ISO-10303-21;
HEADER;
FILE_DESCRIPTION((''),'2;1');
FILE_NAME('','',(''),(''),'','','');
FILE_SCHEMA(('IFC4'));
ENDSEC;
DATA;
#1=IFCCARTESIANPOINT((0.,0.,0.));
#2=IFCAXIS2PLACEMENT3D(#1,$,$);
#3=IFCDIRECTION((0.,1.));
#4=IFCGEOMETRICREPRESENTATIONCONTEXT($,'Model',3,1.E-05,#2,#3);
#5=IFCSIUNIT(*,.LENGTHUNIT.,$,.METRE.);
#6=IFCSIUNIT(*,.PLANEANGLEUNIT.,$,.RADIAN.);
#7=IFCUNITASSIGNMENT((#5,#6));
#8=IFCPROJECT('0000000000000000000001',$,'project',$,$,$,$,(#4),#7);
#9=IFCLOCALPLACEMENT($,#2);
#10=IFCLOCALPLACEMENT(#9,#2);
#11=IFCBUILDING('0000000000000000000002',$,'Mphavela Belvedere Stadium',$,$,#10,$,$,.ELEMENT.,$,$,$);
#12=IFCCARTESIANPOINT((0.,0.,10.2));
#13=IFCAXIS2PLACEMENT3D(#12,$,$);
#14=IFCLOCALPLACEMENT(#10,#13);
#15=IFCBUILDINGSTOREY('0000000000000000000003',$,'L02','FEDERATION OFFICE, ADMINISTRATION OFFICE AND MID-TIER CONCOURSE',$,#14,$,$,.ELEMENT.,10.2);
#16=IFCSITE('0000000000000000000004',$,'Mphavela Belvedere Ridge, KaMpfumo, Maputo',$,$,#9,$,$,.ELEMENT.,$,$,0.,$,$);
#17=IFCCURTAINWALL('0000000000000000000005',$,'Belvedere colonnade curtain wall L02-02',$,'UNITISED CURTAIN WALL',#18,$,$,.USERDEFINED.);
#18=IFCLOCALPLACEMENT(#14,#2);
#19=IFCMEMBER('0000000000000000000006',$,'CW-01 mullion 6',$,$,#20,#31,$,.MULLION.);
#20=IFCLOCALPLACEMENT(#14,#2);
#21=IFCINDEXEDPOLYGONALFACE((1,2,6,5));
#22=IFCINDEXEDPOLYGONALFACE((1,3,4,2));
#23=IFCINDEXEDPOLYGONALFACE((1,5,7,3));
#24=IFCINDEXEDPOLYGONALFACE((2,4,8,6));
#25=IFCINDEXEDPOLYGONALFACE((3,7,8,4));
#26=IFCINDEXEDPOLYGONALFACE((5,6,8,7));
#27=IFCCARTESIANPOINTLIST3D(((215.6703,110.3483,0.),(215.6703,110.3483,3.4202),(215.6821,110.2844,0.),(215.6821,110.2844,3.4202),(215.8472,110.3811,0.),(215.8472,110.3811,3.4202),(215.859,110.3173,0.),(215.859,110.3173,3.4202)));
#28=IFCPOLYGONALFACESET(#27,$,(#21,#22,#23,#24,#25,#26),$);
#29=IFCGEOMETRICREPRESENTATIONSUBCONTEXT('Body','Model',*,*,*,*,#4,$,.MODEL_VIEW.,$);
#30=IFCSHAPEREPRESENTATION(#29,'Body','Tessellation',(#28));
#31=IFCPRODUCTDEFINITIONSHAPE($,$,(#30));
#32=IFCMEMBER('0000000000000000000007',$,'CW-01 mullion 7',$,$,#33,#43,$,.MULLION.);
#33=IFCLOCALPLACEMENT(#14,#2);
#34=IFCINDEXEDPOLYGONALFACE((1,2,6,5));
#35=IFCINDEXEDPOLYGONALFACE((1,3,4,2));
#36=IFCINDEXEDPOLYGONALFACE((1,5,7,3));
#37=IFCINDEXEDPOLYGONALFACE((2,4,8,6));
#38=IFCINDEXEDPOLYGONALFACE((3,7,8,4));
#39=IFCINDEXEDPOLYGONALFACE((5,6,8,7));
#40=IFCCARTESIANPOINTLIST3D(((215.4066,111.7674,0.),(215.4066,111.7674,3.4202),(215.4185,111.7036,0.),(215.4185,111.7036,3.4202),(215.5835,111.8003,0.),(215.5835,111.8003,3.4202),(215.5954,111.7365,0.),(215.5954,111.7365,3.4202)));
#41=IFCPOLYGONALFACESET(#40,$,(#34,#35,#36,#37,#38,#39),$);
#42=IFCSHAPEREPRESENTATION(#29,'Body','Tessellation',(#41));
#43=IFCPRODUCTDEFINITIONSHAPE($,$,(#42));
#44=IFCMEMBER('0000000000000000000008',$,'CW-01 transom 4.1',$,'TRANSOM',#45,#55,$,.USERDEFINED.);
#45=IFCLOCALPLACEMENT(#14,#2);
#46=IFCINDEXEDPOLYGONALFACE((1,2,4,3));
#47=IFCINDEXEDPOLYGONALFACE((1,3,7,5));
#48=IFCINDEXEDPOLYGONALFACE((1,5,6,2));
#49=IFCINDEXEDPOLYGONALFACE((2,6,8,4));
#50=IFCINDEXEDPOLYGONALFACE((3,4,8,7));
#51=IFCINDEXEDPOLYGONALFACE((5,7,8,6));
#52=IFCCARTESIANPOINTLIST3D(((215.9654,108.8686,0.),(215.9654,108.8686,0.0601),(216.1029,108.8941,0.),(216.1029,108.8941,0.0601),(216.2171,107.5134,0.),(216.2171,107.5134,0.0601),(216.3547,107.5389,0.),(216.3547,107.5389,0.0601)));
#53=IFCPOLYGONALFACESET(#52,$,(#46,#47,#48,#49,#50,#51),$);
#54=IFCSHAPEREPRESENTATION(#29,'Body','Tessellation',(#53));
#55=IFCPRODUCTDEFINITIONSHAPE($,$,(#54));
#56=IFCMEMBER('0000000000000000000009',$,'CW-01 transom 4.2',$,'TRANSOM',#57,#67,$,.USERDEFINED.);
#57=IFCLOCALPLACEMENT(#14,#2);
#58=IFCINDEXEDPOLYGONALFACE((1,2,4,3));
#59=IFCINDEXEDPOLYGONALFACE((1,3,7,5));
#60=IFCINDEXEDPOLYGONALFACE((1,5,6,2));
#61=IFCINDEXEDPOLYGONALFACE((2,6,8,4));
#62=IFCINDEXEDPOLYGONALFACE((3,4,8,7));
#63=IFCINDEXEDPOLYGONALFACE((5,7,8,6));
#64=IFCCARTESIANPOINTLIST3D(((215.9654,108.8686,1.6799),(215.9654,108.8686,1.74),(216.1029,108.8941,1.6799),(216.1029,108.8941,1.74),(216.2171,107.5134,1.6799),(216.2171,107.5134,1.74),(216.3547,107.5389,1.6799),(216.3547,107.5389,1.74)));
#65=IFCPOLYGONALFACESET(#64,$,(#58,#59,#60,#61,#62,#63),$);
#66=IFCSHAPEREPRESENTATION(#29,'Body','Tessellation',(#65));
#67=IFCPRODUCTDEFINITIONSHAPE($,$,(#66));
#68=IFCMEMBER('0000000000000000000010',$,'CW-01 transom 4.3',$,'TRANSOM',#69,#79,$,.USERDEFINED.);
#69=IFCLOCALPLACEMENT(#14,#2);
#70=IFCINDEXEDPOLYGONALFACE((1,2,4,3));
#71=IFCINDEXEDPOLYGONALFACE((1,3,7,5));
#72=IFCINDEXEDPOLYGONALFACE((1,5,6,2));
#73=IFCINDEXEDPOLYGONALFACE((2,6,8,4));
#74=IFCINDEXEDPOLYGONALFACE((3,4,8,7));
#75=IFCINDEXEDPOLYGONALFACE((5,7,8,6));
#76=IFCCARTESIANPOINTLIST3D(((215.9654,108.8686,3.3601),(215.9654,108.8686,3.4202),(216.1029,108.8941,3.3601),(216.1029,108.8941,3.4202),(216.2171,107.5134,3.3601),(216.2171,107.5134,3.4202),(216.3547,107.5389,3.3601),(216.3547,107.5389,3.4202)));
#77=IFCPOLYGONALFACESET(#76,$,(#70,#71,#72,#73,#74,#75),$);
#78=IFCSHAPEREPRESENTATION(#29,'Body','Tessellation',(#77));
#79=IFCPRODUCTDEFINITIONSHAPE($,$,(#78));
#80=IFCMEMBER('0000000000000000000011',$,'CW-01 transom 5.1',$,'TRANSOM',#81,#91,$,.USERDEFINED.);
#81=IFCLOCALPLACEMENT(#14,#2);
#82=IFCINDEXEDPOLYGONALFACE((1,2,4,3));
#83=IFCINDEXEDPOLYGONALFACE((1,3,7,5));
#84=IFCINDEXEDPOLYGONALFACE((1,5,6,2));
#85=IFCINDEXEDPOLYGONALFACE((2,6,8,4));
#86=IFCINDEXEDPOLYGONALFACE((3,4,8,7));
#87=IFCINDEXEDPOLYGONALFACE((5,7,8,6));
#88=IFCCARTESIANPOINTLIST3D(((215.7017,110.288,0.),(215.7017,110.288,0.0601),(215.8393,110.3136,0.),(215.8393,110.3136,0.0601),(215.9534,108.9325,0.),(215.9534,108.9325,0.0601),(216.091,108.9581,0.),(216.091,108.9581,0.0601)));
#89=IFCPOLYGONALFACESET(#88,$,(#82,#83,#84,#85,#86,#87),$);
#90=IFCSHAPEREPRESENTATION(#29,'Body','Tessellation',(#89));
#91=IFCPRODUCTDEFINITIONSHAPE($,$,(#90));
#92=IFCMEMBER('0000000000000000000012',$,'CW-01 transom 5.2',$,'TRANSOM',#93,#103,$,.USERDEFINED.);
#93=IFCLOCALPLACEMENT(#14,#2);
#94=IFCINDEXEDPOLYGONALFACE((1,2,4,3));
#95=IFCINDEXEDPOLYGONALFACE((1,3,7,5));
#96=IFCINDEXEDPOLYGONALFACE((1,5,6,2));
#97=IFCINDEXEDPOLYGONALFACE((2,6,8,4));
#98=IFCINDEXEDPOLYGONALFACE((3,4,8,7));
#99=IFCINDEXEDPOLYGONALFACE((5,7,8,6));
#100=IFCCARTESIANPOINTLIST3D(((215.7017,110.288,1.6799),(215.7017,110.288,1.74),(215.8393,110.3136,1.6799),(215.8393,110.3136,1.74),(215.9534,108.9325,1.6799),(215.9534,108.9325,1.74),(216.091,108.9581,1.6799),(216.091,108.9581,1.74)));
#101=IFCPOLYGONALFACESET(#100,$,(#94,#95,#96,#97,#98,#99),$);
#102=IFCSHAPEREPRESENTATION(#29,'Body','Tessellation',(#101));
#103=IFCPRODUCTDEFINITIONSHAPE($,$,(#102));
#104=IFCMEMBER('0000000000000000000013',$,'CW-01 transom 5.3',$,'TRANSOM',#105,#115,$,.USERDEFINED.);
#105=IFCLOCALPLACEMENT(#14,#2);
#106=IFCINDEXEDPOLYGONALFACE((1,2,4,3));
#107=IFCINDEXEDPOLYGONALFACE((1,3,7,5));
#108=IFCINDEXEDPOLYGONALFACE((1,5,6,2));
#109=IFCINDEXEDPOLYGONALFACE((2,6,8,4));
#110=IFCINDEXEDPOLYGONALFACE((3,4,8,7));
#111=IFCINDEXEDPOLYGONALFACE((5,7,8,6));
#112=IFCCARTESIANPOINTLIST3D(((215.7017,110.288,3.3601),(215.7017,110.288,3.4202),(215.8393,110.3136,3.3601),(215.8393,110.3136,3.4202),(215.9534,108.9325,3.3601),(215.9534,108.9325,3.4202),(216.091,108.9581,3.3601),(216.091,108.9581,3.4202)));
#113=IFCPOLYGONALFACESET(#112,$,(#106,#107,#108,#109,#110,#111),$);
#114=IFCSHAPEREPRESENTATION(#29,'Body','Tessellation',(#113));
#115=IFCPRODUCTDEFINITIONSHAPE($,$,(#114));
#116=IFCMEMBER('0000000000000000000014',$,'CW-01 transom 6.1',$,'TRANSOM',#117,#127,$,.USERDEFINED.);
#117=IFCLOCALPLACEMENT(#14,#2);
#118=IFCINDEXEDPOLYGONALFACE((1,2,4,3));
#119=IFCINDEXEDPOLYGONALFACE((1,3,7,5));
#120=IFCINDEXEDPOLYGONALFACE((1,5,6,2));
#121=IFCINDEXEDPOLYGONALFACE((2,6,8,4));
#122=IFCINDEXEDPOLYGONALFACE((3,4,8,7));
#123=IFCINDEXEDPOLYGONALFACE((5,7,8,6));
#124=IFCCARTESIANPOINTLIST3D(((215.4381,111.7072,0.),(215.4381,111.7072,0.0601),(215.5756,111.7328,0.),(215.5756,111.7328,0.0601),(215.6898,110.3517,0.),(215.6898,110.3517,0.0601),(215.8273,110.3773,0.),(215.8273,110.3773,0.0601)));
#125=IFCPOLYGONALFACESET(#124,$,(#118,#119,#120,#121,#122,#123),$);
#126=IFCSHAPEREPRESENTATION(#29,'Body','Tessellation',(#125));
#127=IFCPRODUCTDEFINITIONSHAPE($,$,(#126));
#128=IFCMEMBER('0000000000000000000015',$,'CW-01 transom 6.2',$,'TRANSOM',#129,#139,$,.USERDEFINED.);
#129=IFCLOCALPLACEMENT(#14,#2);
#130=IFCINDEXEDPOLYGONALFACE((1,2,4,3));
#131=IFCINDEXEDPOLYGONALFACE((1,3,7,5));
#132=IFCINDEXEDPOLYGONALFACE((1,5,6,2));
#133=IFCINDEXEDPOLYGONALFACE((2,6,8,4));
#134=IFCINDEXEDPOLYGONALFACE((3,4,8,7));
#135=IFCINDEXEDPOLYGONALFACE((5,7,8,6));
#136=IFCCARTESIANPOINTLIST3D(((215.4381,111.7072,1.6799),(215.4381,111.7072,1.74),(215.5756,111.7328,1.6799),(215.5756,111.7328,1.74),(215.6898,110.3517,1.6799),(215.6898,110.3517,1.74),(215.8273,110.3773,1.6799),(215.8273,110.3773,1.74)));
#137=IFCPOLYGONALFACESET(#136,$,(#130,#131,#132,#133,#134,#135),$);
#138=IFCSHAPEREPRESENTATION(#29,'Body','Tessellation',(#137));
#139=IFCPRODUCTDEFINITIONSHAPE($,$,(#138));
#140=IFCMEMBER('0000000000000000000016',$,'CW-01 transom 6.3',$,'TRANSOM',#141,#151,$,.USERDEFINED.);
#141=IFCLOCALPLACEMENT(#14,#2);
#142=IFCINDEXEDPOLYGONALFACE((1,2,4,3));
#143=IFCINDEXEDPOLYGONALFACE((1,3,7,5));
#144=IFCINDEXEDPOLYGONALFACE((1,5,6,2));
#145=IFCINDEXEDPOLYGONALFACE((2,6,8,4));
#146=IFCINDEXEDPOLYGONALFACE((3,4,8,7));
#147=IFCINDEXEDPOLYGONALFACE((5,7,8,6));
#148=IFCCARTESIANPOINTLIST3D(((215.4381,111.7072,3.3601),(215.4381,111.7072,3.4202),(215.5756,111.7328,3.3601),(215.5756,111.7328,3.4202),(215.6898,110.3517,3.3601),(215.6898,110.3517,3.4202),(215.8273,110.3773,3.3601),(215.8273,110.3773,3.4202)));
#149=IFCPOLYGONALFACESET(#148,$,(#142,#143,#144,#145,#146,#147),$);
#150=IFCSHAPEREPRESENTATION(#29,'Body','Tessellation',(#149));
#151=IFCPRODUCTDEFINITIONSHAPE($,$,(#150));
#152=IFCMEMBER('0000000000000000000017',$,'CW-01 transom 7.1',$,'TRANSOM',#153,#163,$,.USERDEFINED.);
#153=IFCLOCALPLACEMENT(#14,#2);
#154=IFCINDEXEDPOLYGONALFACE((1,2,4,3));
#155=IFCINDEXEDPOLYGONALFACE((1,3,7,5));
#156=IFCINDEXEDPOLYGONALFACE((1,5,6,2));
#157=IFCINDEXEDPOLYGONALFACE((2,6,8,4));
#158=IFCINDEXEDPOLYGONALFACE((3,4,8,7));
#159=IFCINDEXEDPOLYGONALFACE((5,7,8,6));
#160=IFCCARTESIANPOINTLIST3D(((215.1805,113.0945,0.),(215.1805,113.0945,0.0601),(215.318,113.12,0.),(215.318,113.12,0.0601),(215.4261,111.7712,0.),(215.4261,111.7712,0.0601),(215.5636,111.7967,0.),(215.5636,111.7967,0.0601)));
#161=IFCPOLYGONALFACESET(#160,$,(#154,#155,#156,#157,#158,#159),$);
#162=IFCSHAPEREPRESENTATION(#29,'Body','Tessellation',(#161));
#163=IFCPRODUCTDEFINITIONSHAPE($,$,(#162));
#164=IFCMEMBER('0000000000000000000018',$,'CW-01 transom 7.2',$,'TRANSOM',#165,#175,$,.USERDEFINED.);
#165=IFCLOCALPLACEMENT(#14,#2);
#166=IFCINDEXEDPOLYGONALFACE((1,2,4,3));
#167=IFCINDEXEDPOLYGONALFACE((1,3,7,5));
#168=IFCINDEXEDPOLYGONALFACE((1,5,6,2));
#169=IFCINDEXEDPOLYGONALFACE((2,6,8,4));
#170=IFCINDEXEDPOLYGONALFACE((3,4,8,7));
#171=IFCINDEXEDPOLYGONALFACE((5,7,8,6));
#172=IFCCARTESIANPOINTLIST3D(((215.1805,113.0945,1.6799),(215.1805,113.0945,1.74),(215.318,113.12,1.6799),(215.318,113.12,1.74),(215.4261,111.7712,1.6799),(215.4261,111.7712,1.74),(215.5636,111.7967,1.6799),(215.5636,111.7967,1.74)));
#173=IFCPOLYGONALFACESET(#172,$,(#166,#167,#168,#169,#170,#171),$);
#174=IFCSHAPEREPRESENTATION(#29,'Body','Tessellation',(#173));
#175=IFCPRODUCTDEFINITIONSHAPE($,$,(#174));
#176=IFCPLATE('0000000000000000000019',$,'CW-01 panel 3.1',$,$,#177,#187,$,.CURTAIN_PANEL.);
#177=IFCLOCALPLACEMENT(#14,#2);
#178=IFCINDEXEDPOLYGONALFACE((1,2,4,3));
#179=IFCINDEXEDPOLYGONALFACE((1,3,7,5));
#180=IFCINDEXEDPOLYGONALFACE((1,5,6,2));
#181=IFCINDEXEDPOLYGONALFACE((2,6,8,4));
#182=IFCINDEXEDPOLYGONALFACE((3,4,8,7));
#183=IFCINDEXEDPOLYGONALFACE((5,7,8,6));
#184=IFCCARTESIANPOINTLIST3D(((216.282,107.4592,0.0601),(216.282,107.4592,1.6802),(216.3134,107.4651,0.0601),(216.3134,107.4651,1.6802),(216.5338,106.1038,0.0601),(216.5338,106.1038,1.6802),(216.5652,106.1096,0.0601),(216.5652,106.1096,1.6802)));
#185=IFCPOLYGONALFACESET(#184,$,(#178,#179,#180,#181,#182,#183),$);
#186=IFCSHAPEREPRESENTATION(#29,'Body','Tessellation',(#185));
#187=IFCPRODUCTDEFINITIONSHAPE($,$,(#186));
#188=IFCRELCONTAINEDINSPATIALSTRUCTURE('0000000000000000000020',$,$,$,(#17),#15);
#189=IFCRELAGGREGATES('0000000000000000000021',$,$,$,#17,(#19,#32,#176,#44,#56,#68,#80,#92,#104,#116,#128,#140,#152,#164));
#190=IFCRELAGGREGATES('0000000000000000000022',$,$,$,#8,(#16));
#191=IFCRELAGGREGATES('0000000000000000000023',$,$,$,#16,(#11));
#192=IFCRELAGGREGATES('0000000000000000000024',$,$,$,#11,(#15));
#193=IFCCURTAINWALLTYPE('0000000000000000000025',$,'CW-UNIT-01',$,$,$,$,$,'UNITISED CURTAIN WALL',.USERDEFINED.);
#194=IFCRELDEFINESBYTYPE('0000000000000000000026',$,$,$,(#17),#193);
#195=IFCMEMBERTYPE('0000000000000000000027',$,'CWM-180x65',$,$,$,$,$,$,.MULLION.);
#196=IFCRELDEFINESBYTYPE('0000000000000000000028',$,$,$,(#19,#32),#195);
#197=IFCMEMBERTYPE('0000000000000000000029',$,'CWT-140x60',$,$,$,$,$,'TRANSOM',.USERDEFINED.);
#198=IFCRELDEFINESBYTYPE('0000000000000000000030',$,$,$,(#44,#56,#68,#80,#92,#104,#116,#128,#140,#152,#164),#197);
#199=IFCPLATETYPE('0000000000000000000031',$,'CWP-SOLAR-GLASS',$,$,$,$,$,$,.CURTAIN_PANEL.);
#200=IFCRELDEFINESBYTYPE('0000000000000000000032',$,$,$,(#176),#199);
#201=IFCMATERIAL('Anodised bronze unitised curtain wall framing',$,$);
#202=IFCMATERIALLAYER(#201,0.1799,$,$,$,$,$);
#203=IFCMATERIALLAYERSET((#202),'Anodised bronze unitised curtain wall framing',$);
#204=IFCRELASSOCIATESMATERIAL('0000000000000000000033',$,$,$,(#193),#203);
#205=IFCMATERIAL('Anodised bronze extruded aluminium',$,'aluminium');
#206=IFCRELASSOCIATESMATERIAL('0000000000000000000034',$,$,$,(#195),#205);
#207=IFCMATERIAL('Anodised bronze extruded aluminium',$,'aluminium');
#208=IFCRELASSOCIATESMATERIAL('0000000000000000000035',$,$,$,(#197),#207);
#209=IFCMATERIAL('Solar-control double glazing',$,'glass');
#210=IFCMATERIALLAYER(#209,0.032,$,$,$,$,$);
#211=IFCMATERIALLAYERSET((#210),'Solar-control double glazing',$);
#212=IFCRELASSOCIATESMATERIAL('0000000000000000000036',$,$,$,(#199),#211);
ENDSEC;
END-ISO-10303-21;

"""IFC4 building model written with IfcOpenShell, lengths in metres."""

from ifc_helpers import new_model, si_unit, direction, frame, origin, origin_2d, place, context, subcontext, project, spatial, rectangle, extrude, material, layer, layer_set, material_profile, profile_set, type_object, element, aggregate, save


model = new_model("IFC4")

# Units and contexts
model_context = context("Model", 3, precision=1e-05, world=origin(), true_north=direction((0.0, 1.0)))
body_context = subcontext(model_context, "Body", "Model", "MODEL_VIEW")
ifc_project = project(units=[si_unit("LENGTHUNIT", "METRE"), si_unit("PLANEANGLEUNIT", "RADIAN")], contexts=[model_context])

# Site, building, storey
site_placement = place(None, origin())
site = spatial("IfcSite", under=ifc_project, at=site_placement, Name="Mphavela Belvedere Ridge, KaMpfumo, Maputo", CompositionType="ELEMENT", RefElevation=0.0)
building_placement = place(site_placement, origin())
building = spatial("IfcBuilding", under=site, at=building_placement, Name="Mphavela Belvedere Stadium", CompositionType="ELEMENT")
storey_placement = place(building_placement, frame((0.0, 0.0, 10.2)))
storey = spatial("IfcBuildingStorey", under=building, at=storey_placement, Name="L02", Description="FEDERATION OFFICE, ADMINISTRATION OFFICE AND MID-TIER CONCOURSE", CompositionType="ELEMENT", Elevation=10.2)

# Curtain wall, members, plate
ifc_material_1 = material(Name="Anodised bronze unitised curtain wall framing")
ifc_layer_1 = layer(ifc_material_1, 0.1799)
ifc_layer_set_1 = layer_set([ifc_layer_1], Name="Anodised bronze unitised curtain wall framing")
curtain_wall_type = type_object("IfcCurtainWallType", Name="CW-UNIT-01", ElementType="UNITISED CURTAIN WALL", PredefinedType="USERDEFINED", material=ifc_layer_set_1)
curtain_wall_placement = place(storey_placement, origin())
curtain_wall = element("IfcCurtainWall", 1, at=curtain_wall_placement, inside=storey, type_object=curtain_wall_type, Name="Belvedere colonnade curtain wall L02-02", ObjectType="UNITISED CURTAIN WALL", PredefinedType="USERDEFINED")
ifc_material_2 = material(Name="Anodised bronze extruded aluminium", Category="aluminium")
ifc_material_profile_1 = material_profile(ifc_material_2, rectangle(XDim=0.1799, YDim=0.0649, at=origin_2d()), Name="CW-MUL 180x65")
ifc_profile_set_1 = profile_set([ifc_material_profile_1], Name="Anodised bronze extruded aluminium")
member_type_1 = type_object("IfcMemberType", Name="CWM-180x65", PredefinedType="MULLION", material=ifc_profile_set_1)
member_1_placement = place(storey_placement, frame((215.7646, 110.3328, 0.0), z_axis=(0.0, 0.0, 1.0), x_axis=(-0.983183, -0.182625, 0.0)))
member_1 = element("IfcMember", 2, at=member_1_placement, type_object=member_type_1, Name="CW-01 mullion 6", PredefinedType="MULLION", context=body_context, shape_type="SweptSolid", body=[
    extrude(rectangle(XDim=0.1799, YDim=0.0649, at=origin_2d()), origin(), (0.0, 0.0, 1.0), 3.4202),
])
member_2_placement = place(storey_placement, frame((215.501, 111.752, 0.0), z_axis=(0.0, 0.0, 1.0), x_axis=(-0.983183, -0.182625, 0.0)))
member_2 = element("IfcMember", 3, at=member_2_placement, type_object=member_type_1, Name="CW-01 mullion 7", PredefinedType="MULLION", context=body_context, shape_type="SweptSolid", body=[
    extrude(rectangle(XDim=0.1799, YDim=0.0649, at=origin_2d()), origin(), (0.0, 0.0, 1.0), 3.4202),
])
ifc_material_3 = material(Name="Anodised bronze extruded aluminium", Category="aluminium")
ifc_material_profile_2 = material_profile(ifc_material_3, rectangle(XDim=0.1399, YDim=0.0601, at=origin_2d()), Name="CW-TRN 140x60")
ifc_profile_set_2 = profile_set([ifc_material_profile_2], Name="Anodised bronze extruded aluminium")
member_type_2 = type_object("IfcMemberType", Name="CWT-140x60", ElementType="TRANSOM", PredefinedType="USERDEFINED", material=ifc_profile_set_2)
member_3_placement = place(storey_placement, frame((216.2859, 107.5261, 0.03), z_axis=(-0.182609, 0.983186, 0.0), x_axis=(-0.983186, -0.182609, 0.0)))
member_3 = element("IfcMember", 4, at=member_3_placement, type_object=member_type_2, Name="CW-01 transom 4.1", ObjectType="TRANSOM", PredefinedType="USERDEFINED", context=body_context, shape_type="SweptSolid", body=[
    extrude(rectangle(XDim=0.1399, YDim=0.0601, at=origin_2d()), origin(), (0.0, 0.0, 1.0), 1.3784),
])
member_4_placement = place(storey_placement, frame((216.2859, 107.5261, 1.71), z_axis=(-0.182609, 0.983186, 0.0), x_axis=(-0.983186, -0.182609, 0.0)))
member_4 = element("IfcMember", 5, at=member_4_placement, type_object=member_type_2, Name="CW-01 transom 4.2", ObjectType="TRANSOM", PredefinedType="USERDEFINED", context=body_context, shape_type="SweptSolid", body=[
    extrude(rectangle(XDim=0.1399, YDim=0.0601, at=origin_2d()), origin(), (0.0, 0.0, 1.0), 1.3784),
])
member_5_placement = place(storey_placement, frame((216.2859, 107.5261, 3.3901), z_axis=(-0.182609, 0.983186, 0.0), x_axis=(-0.983186, -0.182609, 0.0)))
member_5 = element("IfcMember", 6, at=member_5_placement, type_object=member_type_2, Name="CW-01 transom 4.3", ObjectType="TRANSOM", PredefinedType="USERDEFINED", context=body_context, shape_type="SweptSolid", body=[
    extrude(rectangle(XDim=0.1399, YDim=0.0601, at=origin_2d()), origin(), (0.0, 0.0, 1.0), 1.3784),
])
member_6_placement = place(storey_placement, frame((216.0222, 108.9453, 0.03), z_axis=(-0.182578, 0.983191, 0.0), x_axis=(-0.983191, -0.182578, 0.0)))
member_6 = element("IfcMember", 7, at=member_6_placement, type_object=member_type_2, Name="CW-01 transom 5.1", ObjectType="TRANSOM", PredefinedType="USERDEFINED", context=body_context, shape_type="SweptSolid", body=[
    extrude(rectangle(XDim=0.1399, YDim=0.0601, at=origin_2d()), origin(), (0.0, 0.0, 1.0), 1.3787),
])
member_7_placement = place(storey_placement, frame((216.0222, 108.9453, 1.71), z_axis=(-0.182578, 0.983191, 0.0), x_axis=(-0.983191, -0.182578, 0.0)))
member_7 = element("IfcMember", 8, at=member_7_placement, type_object=member_type_2, Name="CW-01 transom 5.2", ObjectType="TRANSOM", PredefinedType="USERDEFINED", context=body_context, shape_type="SweptSolid", body=[
    extrude(rectangle(XDim=0.1399, YDim=0.0601, at=origin_2d()), origin(), (0.0, 0.0, 1.0), 1.3787),
])
member_8_placement = place(storey_placement, frame((216.0222, 108.9453, 3.3901), z_axis=(-0.182578, 0.983191, 0.0), x_axis=(-0.983191, -0.182578, 0.0)))
member_8 = element("IfcMember", 9, at=member_8_placement, type_object=member_type_2, Name="CW-01 transom 5.3", ObjectType="TRANSOM", PredefinedType="USERDEFINED", context=body_context, shape_type="SweptSolid", body=[
    extrude(rectangle(XDim=0.1399, YDim=0.0601, at=origin_2d()), origin(), (0.0, 0.0, 1.0), 1.3787),
])
member_9_placement = place(storey_placement, frame((215.7585, 110.3645, 0.03), z_axis=(-0.182578, 0.983191, 0.0), x_axis=(-0.983191, -0.182578, 0.0)))
member_9 = element("IfcMember", 10, at=member_9_placement, type_object=member_type_2, Name="CW-01 transom 6.1", ObjectType="TRANSOM", PredefinedType="USERDEFINED", context=body_context, shape_type="SweptSolid", body=[
    extrude(rectangle(XDim=0.1399, YDim=0.0601, at=origin_2d()), origin(), (0.0, 0.0, 1.0), 1.3787),
])
member_10_placement = place(storey_placement, frame((215.7585, 110.3645, 1.71), z_axis=(-0.182578, 0.983191, 0.0), x_axis=(-0.983191, -0.182578, 0.0)))
member_10 = element("IfcMember", 11, at=member_10_placement, type_object=member_type_2, Name="CW-01 transom 6.2", ObjectType="TRANSOM", PredefinedType="USERDEFINED", context=body_context, shape_type="SweptSolid", body=[
    extrude(rectangle(XDim=0.1399, YDim=0.0601, at=origin_2d()), origin(), (0.0, 0.0, 1.0), 1.3787),
])
member_11_placement = place(storey_placement, frame((215.7585, 110.3645, 3.3901), z_axis=(-0.182578, 0.983191, 0.0), x_axis=(-0.983191, -0.182578, 0.0)))
member_11 = element("IfcMember", 12, at=member_11_placement, type_object=member_type_2, Name="CW-01 transom 6.3", ObjectType="TRANSOM", PredefinedType="USERDEFINED", context=body_context, shape_type="SweptSolid", body=[
    extrude(rectangle(XDim=0.1399, YDim=0.0601, at=origin_2d()), origin(), (0.0, 0.0, 1.0), 1.3787),
])
member_12_placement = place(storey_placement, frame((215.4949, 111.7839, 0.03), z_axis=(-0.182492, 0.983207, 0.0), x_axis=(-0.983207, -0.182492, 0.0)))
member_12 = element("IfcMember", 13, at=member_12_placement, type_object=member_type_2, Name="CW-01 transom 7.1", ObjectType="TRANSOM", PredefinedType="USERDEFINED", context=body_context, shape_type="SweptSolid", body=[
    extrude(rectangle(XDim=0.1399, YDim=0.0601, at=origin_2d()), origin(), (0.0, 0.0, 1.0), 1.3459),
])
member_13_placement = place(storey_placement, frame((215.4949, 111.7839, 1.71), z_axis=(-0.182492, 0.983207, 0.0), x_axis=(-0.983207, -0.182492, 0.0)))
member_13 = element("IfcMember", 14, at=member_13_placement, type_object=member_type_2, Name="CW-01 transom 7.2", ObjectType="TRANSOM", PredefinedType="USERDEFINED", context=body_context, shape_type="SweptSolid", body=[
    extrude(rectangle(XDim=0.1399, YDim=0.0601, at=origin_2d()), origin(), (0.0, 0.0, 1.0), 1.3459),
])
ifc_material_4 = material(Name="Solar-control double glazing", Category="glass")
ifc_layer_2 = layer(ifc_material_4, 0.032)
ifc_layer_set_2 = layer_set([ifc_layer_2], Name="Solar-control double glazing")
plate_type = type_object("IfcPlateType", Name="CWP-SOLAR-GLASS", PredefinedType="CURTAIN_PANEL", material=ifc_layer_set_2)
plate_1_placement = place(storey_placement, frame((216.4236, 106.7844, 0.0601), z_axis=(0.0, 0.0, 1.0), x_axis=(-0.182625, 0.983183, 0.0)))
plate_1 = element("IfcPlate", 15, at=plate_1_placement, type_object=plate_type, Name="CW-01 panel 3.1", PredefinedType="CURTAIN_PANEL", context=body_context, shape_type="SweptSolid", body=[
    extrude(rectangle(XDim=1.3787, YDim=0.032, at=origin_2d()), origin(), (0.0, 0.0, 1.0), 1.6201),
])
aggregate(curtain_wall, [member_1, member_2, plate_1, member_3, member_4, member_5, member_6, member_7, member_8, member_9, member_10, member_11, member_12, member_13])

save(model, "model.ifc")
